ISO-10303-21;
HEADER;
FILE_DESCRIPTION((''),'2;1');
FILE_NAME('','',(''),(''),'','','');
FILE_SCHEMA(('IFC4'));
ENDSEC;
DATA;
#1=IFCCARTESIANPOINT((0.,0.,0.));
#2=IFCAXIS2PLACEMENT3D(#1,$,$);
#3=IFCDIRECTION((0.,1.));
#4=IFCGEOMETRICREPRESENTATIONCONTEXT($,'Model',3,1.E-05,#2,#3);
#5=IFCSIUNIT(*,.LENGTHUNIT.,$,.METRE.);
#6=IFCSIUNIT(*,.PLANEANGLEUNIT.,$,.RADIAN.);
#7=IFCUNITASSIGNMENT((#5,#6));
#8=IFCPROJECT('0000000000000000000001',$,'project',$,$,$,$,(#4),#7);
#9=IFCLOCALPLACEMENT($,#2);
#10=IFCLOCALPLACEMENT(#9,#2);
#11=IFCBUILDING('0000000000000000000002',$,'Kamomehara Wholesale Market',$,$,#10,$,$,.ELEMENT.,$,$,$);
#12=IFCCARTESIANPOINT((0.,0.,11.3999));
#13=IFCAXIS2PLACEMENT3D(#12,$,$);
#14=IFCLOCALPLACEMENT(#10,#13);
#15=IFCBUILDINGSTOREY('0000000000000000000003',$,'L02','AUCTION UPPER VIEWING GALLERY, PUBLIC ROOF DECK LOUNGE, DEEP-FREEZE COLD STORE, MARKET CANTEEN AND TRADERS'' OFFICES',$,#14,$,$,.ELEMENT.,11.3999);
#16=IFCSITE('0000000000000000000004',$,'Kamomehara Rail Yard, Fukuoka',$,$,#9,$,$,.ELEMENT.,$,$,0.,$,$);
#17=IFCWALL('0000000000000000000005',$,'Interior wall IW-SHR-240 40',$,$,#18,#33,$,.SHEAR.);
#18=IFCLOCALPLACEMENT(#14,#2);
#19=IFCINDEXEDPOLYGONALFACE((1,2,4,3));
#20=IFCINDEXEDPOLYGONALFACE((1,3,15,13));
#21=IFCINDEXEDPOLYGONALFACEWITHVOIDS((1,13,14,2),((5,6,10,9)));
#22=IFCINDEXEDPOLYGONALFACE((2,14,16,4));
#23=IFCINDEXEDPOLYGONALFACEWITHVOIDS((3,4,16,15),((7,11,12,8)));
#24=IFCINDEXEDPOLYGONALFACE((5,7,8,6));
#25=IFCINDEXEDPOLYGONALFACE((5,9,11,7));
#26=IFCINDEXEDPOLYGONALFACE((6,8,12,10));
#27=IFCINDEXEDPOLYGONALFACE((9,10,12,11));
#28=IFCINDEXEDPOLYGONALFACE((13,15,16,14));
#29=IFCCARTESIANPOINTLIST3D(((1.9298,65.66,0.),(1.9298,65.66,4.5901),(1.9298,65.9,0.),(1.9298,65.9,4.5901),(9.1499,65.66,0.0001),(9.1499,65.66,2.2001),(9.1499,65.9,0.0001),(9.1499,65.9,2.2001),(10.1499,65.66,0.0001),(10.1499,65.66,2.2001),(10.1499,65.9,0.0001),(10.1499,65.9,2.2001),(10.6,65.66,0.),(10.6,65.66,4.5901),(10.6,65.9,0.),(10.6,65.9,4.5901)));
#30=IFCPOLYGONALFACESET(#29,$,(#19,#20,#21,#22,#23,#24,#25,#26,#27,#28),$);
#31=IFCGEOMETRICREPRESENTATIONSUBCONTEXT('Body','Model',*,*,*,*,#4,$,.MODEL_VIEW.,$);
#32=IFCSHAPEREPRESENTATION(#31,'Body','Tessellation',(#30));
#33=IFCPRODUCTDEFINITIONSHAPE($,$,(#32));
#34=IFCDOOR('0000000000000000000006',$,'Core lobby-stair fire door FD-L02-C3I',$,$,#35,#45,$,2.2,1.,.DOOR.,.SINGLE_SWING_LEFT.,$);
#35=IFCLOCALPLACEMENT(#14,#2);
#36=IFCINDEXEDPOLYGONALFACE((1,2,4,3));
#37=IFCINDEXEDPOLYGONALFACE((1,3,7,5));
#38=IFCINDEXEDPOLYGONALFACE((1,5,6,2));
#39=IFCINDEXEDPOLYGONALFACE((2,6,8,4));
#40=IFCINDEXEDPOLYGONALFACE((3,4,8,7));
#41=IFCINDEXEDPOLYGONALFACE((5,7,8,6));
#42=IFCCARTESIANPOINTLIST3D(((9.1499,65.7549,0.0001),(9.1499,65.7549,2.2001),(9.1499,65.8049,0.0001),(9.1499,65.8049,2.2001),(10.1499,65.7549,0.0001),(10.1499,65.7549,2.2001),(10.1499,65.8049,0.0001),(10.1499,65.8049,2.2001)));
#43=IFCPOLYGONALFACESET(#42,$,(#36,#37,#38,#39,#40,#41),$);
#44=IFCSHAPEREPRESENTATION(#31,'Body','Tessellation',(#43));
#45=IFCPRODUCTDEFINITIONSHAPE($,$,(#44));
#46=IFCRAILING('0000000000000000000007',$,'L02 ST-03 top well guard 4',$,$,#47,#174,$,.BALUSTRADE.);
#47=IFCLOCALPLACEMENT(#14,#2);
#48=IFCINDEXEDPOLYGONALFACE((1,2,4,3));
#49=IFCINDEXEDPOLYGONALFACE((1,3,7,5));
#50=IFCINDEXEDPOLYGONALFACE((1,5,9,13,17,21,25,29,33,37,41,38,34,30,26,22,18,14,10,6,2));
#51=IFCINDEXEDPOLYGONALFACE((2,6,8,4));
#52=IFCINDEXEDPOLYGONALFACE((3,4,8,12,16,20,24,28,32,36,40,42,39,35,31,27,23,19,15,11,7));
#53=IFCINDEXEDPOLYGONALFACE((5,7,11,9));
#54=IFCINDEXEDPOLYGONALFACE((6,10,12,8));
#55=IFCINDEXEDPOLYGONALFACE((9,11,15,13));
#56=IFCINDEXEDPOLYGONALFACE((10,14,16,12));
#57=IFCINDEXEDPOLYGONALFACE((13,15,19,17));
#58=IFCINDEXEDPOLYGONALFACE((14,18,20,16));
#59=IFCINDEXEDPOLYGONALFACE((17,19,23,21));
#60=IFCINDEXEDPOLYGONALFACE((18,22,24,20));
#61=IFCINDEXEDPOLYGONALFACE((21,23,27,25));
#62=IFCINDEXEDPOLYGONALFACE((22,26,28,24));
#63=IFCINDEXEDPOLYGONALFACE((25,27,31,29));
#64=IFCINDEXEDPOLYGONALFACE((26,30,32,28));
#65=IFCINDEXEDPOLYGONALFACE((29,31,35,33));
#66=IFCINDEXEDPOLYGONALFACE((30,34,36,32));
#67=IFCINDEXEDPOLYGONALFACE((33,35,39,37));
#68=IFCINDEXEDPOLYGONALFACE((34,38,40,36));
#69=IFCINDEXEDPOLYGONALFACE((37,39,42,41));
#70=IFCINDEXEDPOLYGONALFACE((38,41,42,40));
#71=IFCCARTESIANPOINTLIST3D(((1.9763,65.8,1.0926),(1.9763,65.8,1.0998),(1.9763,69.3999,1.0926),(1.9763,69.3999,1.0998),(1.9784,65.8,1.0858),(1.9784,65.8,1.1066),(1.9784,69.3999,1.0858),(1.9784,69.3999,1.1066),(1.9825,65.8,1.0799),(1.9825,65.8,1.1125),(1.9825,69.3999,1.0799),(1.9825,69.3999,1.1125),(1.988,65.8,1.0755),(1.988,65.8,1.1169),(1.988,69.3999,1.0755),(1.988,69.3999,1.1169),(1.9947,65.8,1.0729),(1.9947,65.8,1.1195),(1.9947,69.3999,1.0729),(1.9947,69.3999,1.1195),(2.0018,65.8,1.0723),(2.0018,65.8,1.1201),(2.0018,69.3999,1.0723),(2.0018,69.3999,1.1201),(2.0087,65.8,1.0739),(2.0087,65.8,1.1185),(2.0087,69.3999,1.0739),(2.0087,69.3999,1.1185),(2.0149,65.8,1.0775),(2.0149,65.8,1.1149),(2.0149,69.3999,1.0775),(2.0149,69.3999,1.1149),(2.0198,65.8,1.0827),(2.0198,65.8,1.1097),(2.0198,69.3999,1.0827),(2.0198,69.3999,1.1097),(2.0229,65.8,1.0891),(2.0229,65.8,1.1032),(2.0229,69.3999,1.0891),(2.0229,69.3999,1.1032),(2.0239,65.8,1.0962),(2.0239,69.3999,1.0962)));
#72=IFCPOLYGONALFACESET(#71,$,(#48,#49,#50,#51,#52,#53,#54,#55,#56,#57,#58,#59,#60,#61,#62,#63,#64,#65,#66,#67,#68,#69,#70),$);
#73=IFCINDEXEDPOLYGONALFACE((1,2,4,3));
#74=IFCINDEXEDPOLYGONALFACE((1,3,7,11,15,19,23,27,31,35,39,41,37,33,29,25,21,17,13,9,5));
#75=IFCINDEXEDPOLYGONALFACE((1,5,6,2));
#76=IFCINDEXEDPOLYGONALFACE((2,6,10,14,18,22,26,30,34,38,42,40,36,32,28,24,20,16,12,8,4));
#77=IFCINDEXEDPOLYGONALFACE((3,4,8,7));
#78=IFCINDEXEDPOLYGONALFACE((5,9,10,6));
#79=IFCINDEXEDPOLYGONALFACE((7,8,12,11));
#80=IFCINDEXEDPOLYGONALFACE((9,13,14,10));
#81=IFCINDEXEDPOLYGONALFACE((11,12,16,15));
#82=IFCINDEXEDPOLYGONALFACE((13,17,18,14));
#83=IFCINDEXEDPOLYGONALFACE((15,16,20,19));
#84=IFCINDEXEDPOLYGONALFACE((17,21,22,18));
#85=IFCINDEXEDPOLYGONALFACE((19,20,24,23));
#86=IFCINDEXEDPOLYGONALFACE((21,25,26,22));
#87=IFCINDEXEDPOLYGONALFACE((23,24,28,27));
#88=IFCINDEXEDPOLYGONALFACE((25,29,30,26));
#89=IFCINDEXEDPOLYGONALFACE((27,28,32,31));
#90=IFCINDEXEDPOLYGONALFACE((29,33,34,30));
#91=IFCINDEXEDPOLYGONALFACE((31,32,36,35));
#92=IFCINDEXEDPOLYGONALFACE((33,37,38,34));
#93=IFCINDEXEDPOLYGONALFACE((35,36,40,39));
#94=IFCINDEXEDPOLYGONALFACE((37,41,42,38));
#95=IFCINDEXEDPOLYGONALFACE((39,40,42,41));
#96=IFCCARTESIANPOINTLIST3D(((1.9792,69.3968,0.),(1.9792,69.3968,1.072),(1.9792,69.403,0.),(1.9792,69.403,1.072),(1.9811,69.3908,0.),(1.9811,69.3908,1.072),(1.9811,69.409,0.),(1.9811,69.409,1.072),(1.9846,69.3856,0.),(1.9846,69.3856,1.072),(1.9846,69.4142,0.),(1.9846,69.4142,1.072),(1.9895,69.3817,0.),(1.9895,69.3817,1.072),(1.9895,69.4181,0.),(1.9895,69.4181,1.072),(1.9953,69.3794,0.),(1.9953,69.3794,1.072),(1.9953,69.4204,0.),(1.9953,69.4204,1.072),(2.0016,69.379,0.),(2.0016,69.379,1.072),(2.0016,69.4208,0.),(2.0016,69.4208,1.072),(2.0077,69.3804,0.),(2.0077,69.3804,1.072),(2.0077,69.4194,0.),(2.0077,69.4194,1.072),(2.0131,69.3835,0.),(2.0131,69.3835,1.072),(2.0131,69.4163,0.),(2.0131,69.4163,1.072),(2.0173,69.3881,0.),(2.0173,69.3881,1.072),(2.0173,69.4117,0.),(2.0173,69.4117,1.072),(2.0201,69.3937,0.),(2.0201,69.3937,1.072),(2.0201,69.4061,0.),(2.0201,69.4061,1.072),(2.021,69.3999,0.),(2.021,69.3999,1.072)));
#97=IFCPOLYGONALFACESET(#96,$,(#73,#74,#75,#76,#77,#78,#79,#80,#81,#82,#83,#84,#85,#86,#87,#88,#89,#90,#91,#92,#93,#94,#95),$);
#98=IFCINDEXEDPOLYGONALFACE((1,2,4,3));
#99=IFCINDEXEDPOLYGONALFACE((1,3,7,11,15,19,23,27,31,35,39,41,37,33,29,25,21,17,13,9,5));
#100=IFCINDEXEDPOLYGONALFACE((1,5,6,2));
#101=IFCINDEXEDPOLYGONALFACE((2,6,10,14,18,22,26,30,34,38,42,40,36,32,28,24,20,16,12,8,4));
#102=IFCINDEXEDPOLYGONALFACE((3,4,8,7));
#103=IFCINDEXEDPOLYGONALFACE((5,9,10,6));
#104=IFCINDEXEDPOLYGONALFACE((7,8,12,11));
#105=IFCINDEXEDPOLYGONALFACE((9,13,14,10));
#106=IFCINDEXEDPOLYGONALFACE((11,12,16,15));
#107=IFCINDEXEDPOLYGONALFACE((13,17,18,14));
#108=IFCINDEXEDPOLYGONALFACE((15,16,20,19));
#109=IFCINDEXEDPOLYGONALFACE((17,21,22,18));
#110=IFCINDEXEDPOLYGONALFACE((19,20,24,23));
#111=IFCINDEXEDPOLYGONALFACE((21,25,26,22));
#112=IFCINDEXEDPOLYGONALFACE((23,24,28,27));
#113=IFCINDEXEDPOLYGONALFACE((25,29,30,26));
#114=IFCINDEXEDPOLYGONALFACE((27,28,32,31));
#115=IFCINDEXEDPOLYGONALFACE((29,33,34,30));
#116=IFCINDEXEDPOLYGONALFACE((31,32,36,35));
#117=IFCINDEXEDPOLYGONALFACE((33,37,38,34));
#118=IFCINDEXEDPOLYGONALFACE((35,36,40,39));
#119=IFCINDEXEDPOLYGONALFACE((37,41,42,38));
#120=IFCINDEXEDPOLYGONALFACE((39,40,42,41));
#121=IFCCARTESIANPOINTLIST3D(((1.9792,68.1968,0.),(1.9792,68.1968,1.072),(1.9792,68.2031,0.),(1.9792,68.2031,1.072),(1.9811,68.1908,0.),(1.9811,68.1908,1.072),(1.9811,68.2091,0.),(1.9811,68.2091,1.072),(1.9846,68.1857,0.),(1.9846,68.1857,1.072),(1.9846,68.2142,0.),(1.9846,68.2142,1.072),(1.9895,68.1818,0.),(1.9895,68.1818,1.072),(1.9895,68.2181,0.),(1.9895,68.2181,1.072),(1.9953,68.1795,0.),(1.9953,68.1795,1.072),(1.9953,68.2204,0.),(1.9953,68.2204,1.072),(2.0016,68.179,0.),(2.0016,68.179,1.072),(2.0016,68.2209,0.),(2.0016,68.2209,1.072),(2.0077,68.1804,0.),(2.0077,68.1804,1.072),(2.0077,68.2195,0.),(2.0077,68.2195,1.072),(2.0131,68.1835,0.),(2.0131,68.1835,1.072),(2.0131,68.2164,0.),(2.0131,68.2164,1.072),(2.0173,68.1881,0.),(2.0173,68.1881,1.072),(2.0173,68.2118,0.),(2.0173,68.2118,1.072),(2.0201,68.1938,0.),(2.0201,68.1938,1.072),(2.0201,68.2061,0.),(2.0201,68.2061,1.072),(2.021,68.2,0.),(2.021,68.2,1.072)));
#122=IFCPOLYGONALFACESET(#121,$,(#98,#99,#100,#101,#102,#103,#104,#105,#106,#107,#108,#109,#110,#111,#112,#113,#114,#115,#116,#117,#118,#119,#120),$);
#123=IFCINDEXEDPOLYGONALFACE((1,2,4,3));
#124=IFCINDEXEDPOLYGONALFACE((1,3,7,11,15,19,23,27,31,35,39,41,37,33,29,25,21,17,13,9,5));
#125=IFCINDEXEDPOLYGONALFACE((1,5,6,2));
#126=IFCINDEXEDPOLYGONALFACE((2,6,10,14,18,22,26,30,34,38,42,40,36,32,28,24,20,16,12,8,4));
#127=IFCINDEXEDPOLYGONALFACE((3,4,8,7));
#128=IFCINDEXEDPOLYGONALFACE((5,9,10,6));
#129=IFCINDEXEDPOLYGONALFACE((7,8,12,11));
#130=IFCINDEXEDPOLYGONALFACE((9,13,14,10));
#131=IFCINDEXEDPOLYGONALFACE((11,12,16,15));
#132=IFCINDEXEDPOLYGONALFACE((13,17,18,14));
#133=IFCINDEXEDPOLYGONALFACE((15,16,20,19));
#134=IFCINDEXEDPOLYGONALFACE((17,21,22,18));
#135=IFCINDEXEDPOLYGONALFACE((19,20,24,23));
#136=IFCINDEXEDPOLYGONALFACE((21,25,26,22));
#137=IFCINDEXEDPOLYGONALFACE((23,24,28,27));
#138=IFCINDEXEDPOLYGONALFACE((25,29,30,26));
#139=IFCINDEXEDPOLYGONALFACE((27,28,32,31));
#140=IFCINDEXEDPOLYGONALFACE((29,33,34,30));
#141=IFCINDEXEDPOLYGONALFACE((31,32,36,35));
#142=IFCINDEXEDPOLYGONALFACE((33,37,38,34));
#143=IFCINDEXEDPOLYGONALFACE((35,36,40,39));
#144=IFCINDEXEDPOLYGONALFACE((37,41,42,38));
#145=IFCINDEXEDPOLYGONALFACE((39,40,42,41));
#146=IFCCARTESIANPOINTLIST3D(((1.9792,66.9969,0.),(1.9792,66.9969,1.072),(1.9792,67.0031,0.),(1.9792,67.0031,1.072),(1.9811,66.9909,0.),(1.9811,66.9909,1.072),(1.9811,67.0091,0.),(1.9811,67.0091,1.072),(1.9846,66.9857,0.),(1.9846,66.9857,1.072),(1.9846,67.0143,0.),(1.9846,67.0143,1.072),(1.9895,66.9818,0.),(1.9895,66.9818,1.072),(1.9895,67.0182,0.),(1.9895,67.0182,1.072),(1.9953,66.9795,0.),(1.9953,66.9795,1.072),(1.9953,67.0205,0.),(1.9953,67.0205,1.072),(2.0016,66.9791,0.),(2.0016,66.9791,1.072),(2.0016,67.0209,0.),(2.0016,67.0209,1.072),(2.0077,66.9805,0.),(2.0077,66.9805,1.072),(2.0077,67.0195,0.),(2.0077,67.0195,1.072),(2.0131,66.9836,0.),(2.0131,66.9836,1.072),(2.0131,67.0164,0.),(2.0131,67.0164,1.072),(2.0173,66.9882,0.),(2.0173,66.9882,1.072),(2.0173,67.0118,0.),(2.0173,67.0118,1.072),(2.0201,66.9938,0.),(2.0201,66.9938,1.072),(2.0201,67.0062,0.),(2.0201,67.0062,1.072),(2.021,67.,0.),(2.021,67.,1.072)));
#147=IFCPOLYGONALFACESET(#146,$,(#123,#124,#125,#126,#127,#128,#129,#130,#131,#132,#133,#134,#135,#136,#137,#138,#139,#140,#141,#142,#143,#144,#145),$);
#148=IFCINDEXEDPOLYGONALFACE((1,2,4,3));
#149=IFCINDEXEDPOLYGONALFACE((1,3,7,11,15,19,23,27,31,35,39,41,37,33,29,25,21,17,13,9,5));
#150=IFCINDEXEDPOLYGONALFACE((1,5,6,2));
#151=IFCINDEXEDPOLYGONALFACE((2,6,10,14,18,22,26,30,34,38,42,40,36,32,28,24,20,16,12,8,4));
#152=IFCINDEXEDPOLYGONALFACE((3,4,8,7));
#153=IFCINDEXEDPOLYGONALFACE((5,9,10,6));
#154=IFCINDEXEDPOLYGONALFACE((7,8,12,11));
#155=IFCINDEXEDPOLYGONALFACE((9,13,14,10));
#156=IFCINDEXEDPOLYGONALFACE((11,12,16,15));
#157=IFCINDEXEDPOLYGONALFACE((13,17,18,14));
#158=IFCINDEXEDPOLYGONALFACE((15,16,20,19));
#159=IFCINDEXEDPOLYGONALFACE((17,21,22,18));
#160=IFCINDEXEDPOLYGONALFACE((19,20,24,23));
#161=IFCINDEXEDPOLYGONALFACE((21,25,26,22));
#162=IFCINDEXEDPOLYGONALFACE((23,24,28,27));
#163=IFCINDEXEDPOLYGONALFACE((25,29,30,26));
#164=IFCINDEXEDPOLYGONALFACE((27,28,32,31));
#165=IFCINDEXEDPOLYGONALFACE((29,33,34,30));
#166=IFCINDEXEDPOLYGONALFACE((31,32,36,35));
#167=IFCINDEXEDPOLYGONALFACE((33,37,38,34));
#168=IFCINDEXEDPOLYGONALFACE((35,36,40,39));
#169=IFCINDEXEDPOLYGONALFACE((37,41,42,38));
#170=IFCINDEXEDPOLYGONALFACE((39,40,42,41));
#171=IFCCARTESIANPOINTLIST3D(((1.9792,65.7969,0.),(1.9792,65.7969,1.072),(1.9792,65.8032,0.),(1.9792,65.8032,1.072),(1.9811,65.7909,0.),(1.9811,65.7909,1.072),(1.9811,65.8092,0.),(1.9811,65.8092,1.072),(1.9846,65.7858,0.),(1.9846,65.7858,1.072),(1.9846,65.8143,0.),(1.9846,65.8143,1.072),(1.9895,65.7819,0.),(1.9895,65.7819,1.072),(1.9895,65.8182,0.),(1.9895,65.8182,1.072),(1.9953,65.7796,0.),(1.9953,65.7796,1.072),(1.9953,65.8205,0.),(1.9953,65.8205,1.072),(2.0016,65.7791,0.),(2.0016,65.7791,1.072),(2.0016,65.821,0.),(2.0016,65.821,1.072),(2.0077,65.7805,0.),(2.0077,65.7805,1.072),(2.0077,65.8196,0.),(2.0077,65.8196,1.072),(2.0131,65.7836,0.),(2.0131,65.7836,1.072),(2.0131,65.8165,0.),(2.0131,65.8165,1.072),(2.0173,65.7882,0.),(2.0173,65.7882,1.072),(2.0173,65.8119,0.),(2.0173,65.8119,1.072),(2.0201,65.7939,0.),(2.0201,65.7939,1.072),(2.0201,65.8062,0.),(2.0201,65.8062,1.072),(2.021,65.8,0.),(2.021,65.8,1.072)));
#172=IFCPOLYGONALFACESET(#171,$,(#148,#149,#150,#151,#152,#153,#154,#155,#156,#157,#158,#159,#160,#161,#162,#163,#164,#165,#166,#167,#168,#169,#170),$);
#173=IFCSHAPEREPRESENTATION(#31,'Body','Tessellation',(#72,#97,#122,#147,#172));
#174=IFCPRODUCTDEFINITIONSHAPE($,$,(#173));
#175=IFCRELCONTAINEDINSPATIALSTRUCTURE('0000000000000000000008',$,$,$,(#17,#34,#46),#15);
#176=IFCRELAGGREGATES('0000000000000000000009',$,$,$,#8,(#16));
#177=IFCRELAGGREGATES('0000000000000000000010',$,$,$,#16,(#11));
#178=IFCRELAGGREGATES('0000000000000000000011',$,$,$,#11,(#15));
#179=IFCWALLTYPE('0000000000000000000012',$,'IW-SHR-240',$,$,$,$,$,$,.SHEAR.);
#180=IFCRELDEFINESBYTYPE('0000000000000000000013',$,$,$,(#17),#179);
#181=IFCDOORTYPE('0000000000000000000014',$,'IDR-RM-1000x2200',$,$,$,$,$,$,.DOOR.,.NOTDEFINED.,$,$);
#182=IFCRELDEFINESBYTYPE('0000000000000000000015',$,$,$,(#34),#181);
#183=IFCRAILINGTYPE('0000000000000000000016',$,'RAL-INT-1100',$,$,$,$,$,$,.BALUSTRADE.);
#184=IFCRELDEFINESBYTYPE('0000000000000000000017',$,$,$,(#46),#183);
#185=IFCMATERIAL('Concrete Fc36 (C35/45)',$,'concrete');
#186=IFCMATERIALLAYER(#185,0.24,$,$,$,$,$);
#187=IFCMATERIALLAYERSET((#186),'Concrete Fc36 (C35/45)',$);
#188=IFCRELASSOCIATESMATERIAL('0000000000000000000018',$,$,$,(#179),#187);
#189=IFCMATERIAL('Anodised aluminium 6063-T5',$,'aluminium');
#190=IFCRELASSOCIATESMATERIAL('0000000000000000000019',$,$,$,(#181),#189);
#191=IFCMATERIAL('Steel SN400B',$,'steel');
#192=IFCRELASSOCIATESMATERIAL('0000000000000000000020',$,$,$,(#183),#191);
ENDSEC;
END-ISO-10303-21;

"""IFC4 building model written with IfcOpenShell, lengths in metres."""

from ifc_helpers import new_model, si_unit, direction, frame, frame_2d, origin, origin_2d, place, context, subcontext, project, spatial, rectangle, circle, extrude, material, layer, layer_set, type_object, element, fill, save


model = new_model("IFC4")

# Units and contexts
model_context = context("Model", 3, precision=1e-05, world=origin(), true_north=direction((0.0, 1.0)))
body_context = subcontext(model_context, "Body", "Model", "MODEL_VIEW")
ifc_project = project(units=[si_unit("LENGTHUNIT", "METRE"), si_unit("PLANEANGLEUNIT", "RADIAN")], contexts=[model_context])

# Site, building, storey
site_placement = place(None, origin())
site = spatial("IfcSite", under=ifc_project, at=site_placement, Name="Kamomehara Rail Yard, Fukuoka", CompositionType="ELEMENT", RefElevation=0.0)
building_placement = place(site_placement, origin())
building = spatial("IfcBuilding", under=site, at=building_placement, Name="Kamomehara Wholesale Market", CompositionType="ELEMENT")
storey_placement = place(building_placement, frame((0.0, 0.0, 11.3999)))
storey = spatial("IfcBuildingStorey", under=building, at=storey_placement, Name="L02", Description="AUCTION UPPER VIEWING GALLERY, PUBLIC ROOF DECK LOUNGE, DEEP-FREEZE COLD STORE, MARKET CANTEEN AND TRADERS' OFFICES", CompositionType="ELEMENT", Elevation=11.3999)

# Shared definitions
ifc_material_1 = material(Name="Concrete Fc36 (C35/45)", Category="concrete")
ifc_layer_1 = layer(ifc_material_1, 0.24)
ifc_layer_set_1 = layer_set([ifc_layer_1], Name="Concrete Fc36 (C35/45)")
wall_type_1 = type_object("IfcWallType", Name="IW-SHR-240", PredefinedType="SHEAR", material=ifc_layer_set_1)

# Wall, opening, door
wall_1_placement = place(storey_placement, frame((1.9299, 65.78, 0.0), z_axis=(0.0, 0.0, 1.0), x_axis=(1.0, 0.0, 0.0)))
wall_1 = element("IfcWall", 1, at=wall_1_placement, inside=storey, type_object=wall_type_1, Name="Interior wall IW-SHR-240 40", PredefinedType="SHEAR", context=body_context, shape_type="SweptSolid", body=[
    extrude(rectangle(XDim=8.6702, YDim=0.24, at=frame_2d((4.335, 0.0))), origin(), (0.0, 0.0, 1.0), 4.5901),
])
opening_placement = place(wall_1_placement, frame((7.22, 0.0, 0.0)))
opening = element("IfcOpeningElement", 2, at=opening_placement, cuts=wall_1, PredefinedType="OPENING", context=body_context, shape_type="SweptSolid", body=[
    extrude(rectangle(XDim=1.0, YDim=2.2, at=frame_2d((0.5, 1.1001))), frame((0.0, 0.1348, 0.0), z_axis=(0.0, -1.0, 0.0), x_axis=(1.0, 0.0, 0.0)), (0.0, 0.0, 1.0), 0.2698),
])
ifc_material_2 = material(Name="Anodised aluminium 6063-T5", Category="aluminium")
door_type = type_object("IfcDoorType", Name="IDR-RM-1000x2200", OperationType="NOTDEFINED", PredefinedType="DOOR", material=ifc_material_2)
door_placement = place(opening_placement, origin())
door = element("IfcDoor", 3, at=door_placement, inside=storey, type_object=door_type, Name="Core lobby-stair fire door FD-L02-C3I", OperationType="SINGLE_SWING_LEFT", OverallHeight=2.2, OverallWidth=1.0, PredefinedType="DOOR", context=body_context, shape_type="SweptSolid", body=[
    extrude(rectangle(XDim=1.0, YDim=2.2, at=frame_2d((0.5, 1.1001))), frame((0.0, 0.0249, 0.0), z_axis=(0.0, -1.0, 0.0), x_axis=(1.0, 0.0, 0.0)), (0.0, 0.0, 1.0), 0.05),
])
fill(opening, door)

# Railing
ifc_material_3 = material(Name="Steel SN400B", Category="steel")
railing_type = type_object("IfcRailingType", Name="RAL-INT-1100", PredefinedType="BALUSTRADE", material=ifc_material_3)
railing_placement = place(storey_placement, frame((2.0, 69.3999, 0.0)))
element("IfcRailing", 4, at=railing_placement, inside=storey, type_object=railing_type, Name="L02 ST-03 top well guard 4", PredefinedType="BALUSTRADE", context=body_context, shape_type="SweptSolid", body=[
    extrude(circle(Radius=0.0239, at=origin_2d()), frame((0.0, 0.0, 1.0962), z_axis=(0.0, -1.0, 0.0), x_axis=(1.0, 0.0, 0.0)), (0.0, 0.0, 1.0), 3.5999),
    extrude(circle(Radius=0.021, at=origin_2d()), origin(), (0.0, 0.0, 1.0), 1.072),
    extrude(circle(Radius=0.021, at=origin_2d()), frame((0.0, -1.2, 0.0)), (0.0, 0.0, 1.0), 1.072),
    extrude(circle(Radius=0.021, at=origin_2d()), frame((0.0, -2.3999, 0.0)), (0.0, 0.0, 1.0), 1.072),
    extrude(circle(Radius=0.021, at=origin_2d()), frame((0.0, -3.5999, 0.0)), (0.0, 0.0, 1.0), 1.072),
])

save(model, "model.ifc")
